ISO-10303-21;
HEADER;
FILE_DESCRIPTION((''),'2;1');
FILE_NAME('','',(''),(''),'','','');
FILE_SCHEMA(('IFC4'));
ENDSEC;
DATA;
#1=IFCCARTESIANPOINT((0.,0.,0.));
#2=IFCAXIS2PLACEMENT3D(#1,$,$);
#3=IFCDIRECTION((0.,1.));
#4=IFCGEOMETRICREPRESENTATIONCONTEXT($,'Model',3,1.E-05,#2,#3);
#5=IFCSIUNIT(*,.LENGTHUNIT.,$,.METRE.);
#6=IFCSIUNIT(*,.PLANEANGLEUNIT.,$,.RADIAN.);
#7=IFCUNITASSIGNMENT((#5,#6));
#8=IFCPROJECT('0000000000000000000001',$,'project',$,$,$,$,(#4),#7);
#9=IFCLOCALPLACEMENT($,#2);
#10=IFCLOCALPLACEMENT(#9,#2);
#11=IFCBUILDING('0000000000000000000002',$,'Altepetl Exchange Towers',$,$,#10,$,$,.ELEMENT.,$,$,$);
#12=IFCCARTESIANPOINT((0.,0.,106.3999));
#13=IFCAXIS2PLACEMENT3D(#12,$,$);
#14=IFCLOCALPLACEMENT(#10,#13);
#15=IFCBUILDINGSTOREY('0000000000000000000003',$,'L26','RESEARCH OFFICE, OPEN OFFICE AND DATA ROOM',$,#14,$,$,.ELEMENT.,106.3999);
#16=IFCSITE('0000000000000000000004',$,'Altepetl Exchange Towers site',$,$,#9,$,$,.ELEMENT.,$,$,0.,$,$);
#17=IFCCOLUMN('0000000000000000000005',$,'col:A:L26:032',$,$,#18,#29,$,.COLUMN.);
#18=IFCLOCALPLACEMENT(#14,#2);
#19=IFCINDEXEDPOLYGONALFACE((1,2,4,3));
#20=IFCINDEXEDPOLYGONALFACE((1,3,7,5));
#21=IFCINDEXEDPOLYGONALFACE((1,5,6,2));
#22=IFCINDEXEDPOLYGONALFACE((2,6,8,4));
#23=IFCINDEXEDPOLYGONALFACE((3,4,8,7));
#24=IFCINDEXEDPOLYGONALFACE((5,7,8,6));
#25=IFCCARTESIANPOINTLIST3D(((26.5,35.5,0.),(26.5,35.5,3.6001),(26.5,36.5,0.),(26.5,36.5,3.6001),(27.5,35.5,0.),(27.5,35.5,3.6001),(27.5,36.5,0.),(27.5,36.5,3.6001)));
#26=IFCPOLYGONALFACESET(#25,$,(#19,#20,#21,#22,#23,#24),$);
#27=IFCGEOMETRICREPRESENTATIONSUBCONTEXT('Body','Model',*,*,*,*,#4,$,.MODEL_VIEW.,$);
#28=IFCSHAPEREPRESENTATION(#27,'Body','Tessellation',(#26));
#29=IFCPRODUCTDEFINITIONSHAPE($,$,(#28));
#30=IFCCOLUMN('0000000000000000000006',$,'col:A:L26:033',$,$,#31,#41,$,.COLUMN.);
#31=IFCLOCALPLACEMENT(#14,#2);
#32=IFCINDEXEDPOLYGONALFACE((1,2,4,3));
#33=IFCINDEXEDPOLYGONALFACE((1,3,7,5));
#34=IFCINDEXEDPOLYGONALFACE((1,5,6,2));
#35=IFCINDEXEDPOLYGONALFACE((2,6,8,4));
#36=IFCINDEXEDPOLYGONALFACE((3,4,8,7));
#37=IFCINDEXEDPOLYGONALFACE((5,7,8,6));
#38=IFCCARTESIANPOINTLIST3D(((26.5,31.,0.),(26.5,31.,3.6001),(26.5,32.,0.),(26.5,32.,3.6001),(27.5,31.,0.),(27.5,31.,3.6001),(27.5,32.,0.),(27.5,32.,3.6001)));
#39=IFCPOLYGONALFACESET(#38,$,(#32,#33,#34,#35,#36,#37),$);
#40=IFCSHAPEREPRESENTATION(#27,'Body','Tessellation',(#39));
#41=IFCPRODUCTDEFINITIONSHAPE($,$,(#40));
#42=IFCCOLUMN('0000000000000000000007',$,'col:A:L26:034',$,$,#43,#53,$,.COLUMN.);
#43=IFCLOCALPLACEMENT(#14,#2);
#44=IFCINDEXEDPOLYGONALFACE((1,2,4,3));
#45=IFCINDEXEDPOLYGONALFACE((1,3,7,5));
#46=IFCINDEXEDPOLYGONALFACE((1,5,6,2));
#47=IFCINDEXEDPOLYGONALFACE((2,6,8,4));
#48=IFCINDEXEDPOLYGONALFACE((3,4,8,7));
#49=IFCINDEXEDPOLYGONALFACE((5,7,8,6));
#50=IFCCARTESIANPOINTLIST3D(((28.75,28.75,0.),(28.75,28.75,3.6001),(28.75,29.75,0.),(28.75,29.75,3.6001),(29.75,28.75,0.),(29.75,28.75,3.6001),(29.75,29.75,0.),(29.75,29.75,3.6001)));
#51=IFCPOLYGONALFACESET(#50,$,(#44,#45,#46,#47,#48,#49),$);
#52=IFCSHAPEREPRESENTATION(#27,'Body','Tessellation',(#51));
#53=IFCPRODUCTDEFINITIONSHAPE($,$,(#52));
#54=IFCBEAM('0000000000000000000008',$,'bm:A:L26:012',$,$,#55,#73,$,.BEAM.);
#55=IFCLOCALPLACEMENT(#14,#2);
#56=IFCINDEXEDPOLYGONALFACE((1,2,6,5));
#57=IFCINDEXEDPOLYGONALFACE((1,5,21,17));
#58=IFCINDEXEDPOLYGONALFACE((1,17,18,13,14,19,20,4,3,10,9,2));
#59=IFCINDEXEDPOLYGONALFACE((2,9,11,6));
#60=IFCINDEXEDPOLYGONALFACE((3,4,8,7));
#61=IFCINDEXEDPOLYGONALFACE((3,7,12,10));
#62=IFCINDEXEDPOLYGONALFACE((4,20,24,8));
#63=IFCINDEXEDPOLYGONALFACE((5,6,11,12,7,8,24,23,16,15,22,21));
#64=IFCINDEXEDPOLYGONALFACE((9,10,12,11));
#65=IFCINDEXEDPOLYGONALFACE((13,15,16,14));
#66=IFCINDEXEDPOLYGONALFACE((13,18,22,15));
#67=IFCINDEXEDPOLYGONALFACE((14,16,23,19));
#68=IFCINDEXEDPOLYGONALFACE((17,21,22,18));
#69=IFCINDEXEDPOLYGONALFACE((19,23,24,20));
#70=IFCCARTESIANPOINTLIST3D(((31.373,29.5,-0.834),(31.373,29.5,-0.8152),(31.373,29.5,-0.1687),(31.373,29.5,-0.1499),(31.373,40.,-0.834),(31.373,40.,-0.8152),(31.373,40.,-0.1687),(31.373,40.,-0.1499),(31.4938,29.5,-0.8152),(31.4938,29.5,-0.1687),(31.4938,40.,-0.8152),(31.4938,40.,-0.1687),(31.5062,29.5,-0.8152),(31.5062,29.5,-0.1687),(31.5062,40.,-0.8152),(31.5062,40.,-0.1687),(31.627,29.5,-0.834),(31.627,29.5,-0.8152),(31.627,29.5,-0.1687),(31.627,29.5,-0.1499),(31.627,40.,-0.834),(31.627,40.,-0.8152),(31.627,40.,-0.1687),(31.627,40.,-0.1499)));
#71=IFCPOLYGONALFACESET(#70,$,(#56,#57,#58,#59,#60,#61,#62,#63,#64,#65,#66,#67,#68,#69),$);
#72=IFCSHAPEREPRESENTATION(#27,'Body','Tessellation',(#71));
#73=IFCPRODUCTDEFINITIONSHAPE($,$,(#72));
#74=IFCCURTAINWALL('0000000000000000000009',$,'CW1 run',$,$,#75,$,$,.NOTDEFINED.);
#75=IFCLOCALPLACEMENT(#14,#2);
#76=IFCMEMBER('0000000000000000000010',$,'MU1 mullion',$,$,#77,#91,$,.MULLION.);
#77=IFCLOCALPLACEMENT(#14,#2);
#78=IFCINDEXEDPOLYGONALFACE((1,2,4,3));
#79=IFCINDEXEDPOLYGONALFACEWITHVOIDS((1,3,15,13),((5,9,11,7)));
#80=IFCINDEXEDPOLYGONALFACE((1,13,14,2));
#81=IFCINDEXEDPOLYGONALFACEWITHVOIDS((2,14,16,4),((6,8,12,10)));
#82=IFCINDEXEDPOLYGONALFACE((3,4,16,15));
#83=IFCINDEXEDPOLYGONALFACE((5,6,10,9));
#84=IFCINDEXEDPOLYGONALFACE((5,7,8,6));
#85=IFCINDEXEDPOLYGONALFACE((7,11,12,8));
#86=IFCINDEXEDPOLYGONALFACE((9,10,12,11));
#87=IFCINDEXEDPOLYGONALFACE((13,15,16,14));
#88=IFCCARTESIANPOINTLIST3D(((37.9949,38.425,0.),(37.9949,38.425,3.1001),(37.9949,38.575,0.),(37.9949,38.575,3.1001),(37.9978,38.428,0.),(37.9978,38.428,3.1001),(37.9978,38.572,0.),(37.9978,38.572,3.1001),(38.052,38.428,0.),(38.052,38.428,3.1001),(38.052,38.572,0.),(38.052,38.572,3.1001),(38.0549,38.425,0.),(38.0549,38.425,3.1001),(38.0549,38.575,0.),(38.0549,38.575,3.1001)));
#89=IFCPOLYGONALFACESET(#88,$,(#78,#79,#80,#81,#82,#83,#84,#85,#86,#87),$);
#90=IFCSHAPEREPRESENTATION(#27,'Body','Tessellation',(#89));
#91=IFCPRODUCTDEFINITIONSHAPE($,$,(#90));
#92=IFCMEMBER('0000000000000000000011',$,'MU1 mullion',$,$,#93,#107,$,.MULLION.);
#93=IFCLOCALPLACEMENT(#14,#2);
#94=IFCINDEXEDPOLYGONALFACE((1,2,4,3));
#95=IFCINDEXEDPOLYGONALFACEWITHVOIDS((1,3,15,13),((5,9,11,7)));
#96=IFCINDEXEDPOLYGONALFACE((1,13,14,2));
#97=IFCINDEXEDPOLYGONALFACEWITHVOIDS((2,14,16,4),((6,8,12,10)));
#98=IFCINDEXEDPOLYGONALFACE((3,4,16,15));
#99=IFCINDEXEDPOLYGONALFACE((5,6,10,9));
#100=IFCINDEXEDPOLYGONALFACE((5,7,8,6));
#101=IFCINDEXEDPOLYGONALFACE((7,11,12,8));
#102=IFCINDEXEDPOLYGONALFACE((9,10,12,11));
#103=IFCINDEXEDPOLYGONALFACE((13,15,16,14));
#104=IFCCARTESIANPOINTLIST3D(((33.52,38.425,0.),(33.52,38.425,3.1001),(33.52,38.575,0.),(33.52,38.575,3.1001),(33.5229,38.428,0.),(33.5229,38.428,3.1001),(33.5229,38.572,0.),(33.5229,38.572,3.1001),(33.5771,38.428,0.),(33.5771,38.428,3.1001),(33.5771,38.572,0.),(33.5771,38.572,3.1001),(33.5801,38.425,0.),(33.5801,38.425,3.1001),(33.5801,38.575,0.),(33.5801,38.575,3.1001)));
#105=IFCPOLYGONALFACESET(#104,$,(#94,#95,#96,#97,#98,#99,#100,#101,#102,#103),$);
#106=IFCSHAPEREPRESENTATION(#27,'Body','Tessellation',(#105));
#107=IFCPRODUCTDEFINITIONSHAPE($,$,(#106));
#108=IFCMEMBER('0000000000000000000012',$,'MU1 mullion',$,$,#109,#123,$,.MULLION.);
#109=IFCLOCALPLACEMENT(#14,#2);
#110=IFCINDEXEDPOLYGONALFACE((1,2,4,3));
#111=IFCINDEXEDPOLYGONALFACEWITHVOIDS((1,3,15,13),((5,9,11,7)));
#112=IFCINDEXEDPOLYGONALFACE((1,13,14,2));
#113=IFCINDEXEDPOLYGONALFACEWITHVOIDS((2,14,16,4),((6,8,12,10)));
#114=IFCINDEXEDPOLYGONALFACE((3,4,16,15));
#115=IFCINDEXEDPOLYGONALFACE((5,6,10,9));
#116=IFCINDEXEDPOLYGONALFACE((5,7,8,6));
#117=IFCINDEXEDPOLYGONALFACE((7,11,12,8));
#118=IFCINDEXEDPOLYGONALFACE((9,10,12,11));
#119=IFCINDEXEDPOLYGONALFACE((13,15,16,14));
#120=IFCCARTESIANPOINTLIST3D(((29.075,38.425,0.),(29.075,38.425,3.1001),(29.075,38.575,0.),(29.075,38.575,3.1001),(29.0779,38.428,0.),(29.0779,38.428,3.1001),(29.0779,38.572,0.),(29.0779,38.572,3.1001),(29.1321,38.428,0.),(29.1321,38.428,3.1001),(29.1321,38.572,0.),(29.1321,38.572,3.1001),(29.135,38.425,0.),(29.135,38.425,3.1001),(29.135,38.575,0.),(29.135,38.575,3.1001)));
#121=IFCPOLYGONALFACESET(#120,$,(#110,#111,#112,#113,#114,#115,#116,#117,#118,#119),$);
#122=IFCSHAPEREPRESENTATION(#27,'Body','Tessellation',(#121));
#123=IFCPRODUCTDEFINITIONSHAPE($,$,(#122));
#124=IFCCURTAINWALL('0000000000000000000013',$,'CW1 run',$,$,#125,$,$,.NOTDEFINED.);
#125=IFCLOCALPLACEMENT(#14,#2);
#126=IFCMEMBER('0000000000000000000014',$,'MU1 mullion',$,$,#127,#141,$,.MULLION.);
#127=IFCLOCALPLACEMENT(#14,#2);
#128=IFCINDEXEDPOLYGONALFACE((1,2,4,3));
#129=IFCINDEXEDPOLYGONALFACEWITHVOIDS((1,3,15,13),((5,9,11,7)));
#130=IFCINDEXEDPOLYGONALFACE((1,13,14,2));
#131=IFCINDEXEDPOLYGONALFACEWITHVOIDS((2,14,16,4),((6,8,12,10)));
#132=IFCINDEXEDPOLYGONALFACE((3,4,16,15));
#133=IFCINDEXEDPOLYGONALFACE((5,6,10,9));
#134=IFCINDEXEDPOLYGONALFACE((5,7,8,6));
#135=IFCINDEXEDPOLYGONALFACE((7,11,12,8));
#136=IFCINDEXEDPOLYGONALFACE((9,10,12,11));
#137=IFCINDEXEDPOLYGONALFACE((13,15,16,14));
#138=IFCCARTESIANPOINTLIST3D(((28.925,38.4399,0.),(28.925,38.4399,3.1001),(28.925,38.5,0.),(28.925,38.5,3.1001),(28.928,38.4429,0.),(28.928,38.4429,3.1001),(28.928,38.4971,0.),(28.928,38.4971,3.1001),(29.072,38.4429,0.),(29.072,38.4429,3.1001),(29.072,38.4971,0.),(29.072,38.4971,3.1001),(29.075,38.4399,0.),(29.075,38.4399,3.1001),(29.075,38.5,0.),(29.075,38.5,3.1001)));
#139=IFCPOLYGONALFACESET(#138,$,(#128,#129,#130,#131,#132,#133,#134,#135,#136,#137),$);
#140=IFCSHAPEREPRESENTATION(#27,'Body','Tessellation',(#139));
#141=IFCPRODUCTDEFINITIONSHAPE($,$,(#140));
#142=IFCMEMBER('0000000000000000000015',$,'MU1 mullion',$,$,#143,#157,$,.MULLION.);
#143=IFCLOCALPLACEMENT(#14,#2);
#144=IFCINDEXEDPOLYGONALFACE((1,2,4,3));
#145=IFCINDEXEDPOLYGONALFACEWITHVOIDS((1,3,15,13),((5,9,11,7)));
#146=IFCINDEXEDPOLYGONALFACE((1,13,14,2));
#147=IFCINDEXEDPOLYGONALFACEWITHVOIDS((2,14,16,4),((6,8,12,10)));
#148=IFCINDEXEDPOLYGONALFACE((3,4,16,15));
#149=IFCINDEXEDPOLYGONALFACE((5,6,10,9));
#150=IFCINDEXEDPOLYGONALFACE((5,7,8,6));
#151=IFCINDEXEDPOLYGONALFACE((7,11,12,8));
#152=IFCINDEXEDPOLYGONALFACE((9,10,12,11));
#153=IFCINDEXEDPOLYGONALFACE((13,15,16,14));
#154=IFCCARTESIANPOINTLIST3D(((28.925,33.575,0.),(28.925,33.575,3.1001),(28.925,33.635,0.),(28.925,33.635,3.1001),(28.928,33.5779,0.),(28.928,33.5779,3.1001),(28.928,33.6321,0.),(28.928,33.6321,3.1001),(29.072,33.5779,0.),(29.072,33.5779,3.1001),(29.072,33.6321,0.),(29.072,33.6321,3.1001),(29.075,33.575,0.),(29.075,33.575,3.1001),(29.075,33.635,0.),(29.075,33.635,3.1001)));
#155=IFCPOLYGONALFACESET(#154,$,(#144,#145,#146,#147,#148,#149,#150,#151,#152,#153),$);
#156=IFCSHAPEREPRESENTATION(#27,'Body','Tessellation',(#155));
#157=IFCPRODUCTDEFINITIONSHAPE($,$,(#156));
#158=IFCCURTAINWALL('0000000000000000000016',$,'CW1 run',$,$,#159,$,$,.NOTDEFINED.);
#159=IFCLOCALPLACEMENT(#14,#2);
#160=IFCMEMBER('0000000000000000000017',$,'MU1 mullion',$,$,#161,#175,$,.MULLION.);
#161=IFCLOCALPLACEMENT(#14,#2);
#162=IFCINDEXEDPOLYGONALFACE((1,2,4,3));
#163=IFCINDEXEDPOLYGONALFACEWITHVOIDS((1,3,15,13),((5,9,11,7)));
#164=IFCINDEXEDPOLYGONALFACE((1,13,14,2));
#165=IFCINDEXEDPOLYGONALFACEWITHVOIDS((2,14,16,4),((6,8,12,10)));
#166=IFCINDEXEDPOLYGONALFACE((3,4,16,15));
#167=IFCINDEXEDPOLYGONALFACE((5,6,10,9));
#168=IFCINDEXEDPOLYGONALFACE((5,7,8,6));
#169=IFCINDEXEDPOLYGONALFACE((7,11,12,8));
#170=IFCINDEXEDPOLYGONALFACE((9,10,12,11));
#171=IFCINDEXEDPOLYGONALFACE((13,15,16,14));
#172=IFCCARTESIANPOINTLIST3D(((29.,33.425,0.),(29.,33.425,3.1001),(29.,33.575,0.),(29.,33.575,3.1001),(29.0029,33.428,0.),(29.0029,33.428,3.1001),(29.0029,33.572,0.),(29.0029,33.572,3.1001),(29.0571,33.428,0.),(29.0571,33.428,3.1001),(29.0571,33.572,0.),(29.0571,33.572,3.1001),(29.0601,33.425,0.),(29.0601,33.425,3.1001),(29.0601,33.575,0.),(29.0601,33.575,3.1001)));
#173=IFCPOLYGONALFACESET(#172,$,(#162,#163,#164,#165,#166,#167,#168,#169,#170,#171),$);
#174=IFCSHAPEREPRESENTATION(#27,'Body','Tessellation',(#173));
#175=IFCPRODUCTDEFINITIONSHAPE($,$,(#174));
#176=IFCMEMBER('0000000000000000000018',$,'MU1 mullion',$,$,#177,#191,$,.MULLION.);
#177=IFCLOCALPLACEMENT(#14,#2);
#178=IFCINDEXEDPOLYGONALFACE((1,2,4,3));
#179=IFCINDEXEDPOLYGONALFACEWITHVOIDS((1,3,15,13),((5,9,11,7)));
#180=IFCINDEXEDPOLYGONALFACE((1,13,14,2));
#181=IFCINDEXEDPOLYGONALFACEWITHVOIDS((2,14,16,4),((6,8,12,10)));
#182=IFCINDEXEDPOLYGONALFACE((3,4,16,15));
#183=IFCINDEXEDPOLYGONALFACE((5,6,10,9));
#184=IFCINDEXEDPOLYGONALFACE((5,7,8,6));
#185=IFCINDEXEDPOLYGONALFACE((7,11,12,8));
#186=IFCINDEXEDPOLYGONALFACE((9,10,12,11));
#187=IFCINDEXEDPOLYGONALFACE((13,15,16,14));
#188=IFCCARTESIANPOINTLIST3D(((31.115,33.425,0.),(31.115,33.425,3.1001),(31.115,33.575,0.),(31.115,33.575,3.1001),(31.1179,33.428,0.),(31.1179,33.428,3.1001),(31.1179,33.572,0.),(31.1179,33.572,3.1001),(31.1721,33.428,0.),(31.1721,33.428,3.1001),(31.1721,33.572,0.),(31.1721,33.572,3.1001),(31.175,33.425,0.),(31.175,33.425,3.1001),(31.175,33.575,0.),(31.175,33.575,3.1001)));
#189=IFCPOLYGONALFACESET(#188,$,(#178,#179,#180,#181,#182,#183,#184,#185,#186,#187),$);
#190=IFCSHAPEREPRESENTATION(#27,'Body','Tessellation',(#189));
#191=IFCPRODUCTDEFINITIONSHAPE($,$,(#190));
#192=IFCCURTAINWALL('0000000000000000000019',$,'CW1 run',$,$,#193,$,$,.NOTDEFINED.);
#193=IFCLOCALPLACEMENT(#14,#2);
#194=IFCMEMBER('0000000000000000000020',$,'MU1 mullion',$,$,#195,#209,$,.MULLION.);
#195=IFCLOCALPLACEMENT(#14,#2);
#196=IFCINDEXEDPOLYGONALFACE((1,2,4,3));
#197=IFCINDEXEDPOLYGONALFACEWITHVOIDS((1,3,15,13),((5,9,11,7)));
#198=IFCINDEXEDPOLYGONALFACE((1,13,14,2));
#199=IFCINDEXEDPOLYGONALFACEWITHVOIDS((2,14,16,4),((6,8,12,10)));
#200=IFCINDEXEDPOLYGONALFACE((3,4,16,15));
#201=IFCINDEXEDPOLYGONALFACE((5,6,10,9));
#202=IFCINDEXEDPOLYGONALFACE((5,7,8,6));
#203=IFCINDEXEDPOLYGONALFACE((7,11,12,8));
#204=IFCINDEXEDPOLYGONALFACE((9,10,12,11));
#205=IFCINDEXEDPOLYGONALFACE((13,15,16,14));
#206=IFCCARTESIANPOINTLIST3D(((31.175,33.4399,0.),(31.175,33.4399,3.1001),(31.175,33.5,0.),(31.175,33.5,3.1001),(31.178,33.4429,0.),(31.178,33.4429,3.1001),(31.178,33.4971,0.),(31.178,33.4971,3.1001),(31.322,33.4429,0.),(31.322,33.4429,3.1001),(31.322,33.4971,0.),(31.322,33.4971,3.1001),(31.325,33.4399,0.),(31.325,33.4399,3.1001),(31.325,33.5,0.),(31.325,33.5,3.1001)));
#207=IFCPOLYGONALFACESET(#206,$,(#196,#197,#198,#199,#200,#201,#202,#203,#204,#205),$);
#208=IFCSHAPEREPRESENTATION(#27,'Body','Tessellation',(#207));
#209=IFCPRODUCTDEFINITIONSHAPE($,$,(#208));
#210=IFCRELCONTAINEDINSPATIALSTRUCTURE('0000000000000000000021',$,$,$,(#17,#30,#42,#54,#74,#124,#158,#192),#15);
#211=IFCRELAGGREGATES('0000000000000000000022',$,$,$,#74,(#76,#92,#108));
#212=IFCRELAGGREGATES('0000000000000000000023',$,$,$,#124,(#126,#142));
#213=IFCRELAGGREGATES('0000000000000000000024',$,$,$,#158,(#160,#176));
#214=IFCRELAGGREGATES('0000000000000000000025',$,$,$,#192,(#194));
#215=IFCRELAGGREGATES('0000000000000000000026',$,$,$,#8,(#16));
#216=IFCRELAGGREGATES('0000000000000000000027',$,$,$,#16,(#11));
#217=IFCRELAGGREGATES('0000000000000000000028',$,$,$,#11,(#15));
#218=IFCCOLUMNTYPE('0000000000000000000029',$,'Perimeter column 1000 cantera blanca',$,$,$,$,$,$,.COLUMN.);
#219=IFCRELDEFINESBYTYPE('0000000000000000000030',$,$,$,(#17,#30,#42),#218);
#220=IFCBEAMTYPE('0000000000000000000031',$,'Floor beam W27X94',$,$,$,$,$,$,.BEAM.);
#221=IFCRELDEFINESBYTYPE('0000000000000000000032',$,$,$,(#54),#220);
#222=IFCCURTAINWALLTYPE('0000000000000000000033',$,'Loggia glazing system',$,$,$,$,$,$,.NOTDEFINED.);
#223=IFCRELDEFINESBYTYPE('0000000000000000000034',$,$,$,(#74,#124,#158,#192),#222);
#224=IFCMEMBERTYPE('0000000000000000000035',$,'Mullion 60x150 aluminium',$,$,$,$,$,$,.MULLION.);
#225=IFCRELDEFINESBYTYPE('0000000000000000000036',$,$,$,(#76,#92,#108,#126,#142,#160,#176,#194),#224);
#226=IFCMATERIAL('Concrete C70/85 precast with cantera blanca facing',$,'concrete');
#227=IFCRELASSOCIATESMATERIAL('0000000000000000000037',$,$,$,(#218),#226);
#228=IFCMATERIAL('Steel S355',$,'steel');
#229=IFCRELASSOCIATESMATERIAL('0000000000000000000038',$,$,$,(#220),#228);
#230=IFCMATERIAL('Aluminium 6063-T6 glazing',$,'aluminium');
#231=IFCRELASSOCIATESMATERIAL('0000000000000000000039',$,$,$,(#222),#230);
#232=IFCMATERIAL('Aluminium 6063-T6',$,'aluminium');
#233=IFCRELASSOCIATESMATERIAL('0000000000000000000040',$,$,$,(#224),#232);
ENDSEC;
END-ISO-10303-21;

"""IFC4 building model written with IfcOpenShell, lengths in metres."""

from ifc_helpers import new_model, si_unit, direction, frame, origin, origin_2d, place, context, subcontext, project, spatial, rectangle, hollow_rectangle, i_section, extrude, material, material_profile, profile_set, type_object, element, aggregate, save


model = new_model("IFC4")

# Units and contexts
model_context = context("Model", 3, precision=1e-05, world=origin(), true_north=direction((0.0, 1.0)))
body_context = subcontext(model_context, "Body", "Model", "MODEL_VIEW")
ifc_project = project(units=[si_unit("LENGTHUNIT", "METRE"), si_unit("PLANEANGLEUNIT", "RADIAN")], contexts=[model_context])

# Site, building, storey
site_placement = place(None, origin())
site = spatial("IfcSite", under=ifc_project, at=site_placement, Name="Altepetl Exchange Towers site", CompositionType="ELEMENT", RefElevation=0.0)
building_placement = place(site_placement, origin())
building = spatial("IfcBuilding", under=site, at=building_placement, Name="Altepetl Exchange Towers", CompositionType="ELEMENT")
storey_placement = place(building_placement, frame((0.0, 0.0, 106.3999)))
storey = spatial("IfcBuildingStorey", under=building, at=storey_placement, Name="L26", Description="RESEARCH OFFICE, OPEN OFFICE AND DATA ROOM", CompositionType="ELEMENT", Elevation=106.3999)

# Columns
ifc_material_1 = material(Name="Concrete C70/85 precast with cantera blanca facing", Category="concrete")
ifc_material_profile_1 = material_profile(ifc_material_1, rectangle(XDim=1.0, YDim=1.0, at=origin_2d()), Name="1000 x 1000")
ifc_profile_set_1 = profile_set([ifc_material_profile_1], Name="Concrete C70/85 precast with cantera blanca facing")
column_type = type_object("IfcColumnType", Name="Perimeter column 1000 cantera blanca", PredefinedType="COLUMN", material=ifc_profile_set_1)
for number, where, name in (
    (1, (27.0, 36.0, 0.0), "col:A:L26:032"),
    (2, (27.0, 31.5, 0.0), "col:A:L26:033"),
    (3, (29.25, 29.25, 0.0), "col:A:L26:034"),
):
    element("IfcColumn", number, at=place(storey_placement, frame(where)), inside=storey, type_object=column_type, Name=name, PredefinedType="COLUMN", context=body_context, shape_type="SweptSolid", body=[
        extrude(rectangle(XDim=1.0, YDim=1.0, at=origin_2d()), origin(), (0.0, 0.0, 1.0), 3.6001),
    ])

# Beam
ifc_material_2 = material(Name="Steel S355", Category="steel")
ifc_material_profile_2 = material_profile(ifc_material_2, i_section(OverallWidth=0.2539, OverallDepth=0.6841, WebThickness=0.0125, FlangeThickness=0.0188, at=origin_2d()), Name="W27X94")
ifc_profile_set_2 = profile_set([ifc_material_profile_2], Name="Steel S355")
beam_type_1 = type_object("IfcBeamType", Name="Floor beam W27X94", PredefinedType="BEAM", material=ifc_profile_set_2)
beam_1_placement = place(storey_placement, frame((31.5, 29.5, -0.4919), z_axis=(0.0, 1.0, 0.0), x_axis=(-1.0, 0.0, 0.0)))
element("IfcBeam", 4, at=beam_1_placement, inside=storey, type_object=beam_type_1, Name="bm:A:L26:012", PredefinedType="BEAM", context=body_context, shape_type="SweptSolid", body=[
    extrude(i_section(OverallWidth=0.2539, OverallDepth=0.6841, WebThickness=0.0125, FlangeThickness=0.0188, at=origin_2d()), origin(), (0.0, 0.0, 1.0), 10.5),
])

# Curtain walls, members
ifc_material_3 = material(Name="Aluminium 6063-T6 glazing", Category="aluminium")
curtain_wall_type = type_object("IfcCurtainWallType", Name="Loggia glazing system", PredefinedType="NOTDEFINED", material=ifc_material_3)
curtain_wall_1_placement = place(storey_placement, origin())
curtain_wall_1 = element("IfcCurtainWall", 5, at=curtain_wall_1_placement, inside=storey, type_object=curtain_wall_type, Name="CW1 run", PredefinedType="NOTDEFINED")
ifc_material_4 = material(Name="Aluminium 6063-T6", Category="aluminium")
ifc_material_profile_3 = material_profile(ifc_material_4, hollow_rectangle(XDim=0.0601, YDim=0.1499, WallThickness=0.0029, at=origin_2d()), Name="Mullion 60x150 aluminium")
ifc_profile_set_3 = profile_set([ifc_material_profile_3], Name="Aluminium 6063-T6")
member_type = type_object("IfcMemberType", Name="Mullion 60x150 aluminium", PredefinedType="MULLION", material=ifc_profile_set_3)
member_1_placement = place(storey_placement, frame((38.0249, 38.5, 0.0), z_axis=(0.0, 0.0, 1.0), x_axis=(-1.0, 0.0, 0.0)))
member_1 = element("IfcMember", 6, at=member_1_placement, type_object=member_type, Name="MU1 mullion", PredefinedType="MULLION", context=body_context, shape_type="SweptSolid", body=[
    extrude(hollow_rectangle(XDim=0.0601, YDim=0.1499, WallThickness=0.0029, at=origin_2d()), origin(), (0.0, 0.0, 1.0), 3.1001),
])
member_2_placement = place(storey_placement, frame((33.55, 38.5, 0.0), z_axis=(0.0, 0.0, 1.0), x_axis=(-1.0, 0.0, 0.0)))
member_2 = element("IfcMember", 7, at=member_2_placement, type_object=member_type, Name="MU1 mullion", PredefinedType="MULLION", context=body_context, shape_type="SweptSolid", body=[
    extrude(hollow_rectangle(XDim=0.0601, YDim=0.1499, WallThickness=0.0029, at=origin_2d()), origin(), (0.0, 0.0, 1.0), 3.1001),
])
member_3_placement = place(storey_placement, frame((29.105, 38.5, 0.0), z_axis=(0.0, 0.0, 1.0), x_axis=(-1.0, 0.0, 0.0)))
member_3 = element("IfcMember", 8, at=member_3_placement, type_object=member_type, Name="MU1 mullion", PredefinedType="MULLION", context=body_context, shape_type="SweptSolid", body=[
    extrude(hollow_rectangle(XDim=0.0601, YDim=0.1499, WallThickness=0.0029, at=origin_2d()), origin(), (0.0, 0.0, 1.0), 3.1001),
])
curtain_wall_2_placement = place(storey_placement, origin())
curtain_wall_2 = element("IfcCurtainWall", 9, at=curtain_wall_2_placement, inside=storey, type_object=curtain_wall_type, Name="CW1 run", PredefinedType="NOTDEFINED")
member_4_placement = place(storey_placement, frame((29.0, 38.47, 0.0), z_axis=(0.0, 0.0, 1.0), x_axis=(0.0, -1.0, 0.0)))
member_4 = element("IfcMember", 10, at=member_4_placement, type_object=member_type, Name="MU1 mullion", PredefinedType="MULLION", context=body_context, shape_type="SweptSolid", body=[
    extrude(hollow_rectangle(XDim=0.0601, YDim=0.1499, WallThickness=0.0029, at=origin_2d()), origin(), (0.0, 0.0, 1.0), 3.1001),
])
member_5_placement = place(storey_placement, frame((29.0, 33.605, 0.0), z_axis=(0.0, 0.0, 1.0), x_axis=(0.0, -1.0, 0.0)))
member_5 = element("IfcMember", 11, at=member_5_placement, type_object=member_type, Name="MU1 mullion", PredefinedType="MULLION", context=body_context, shape_type="SweptSolid", body=[
    extrude(hollow_rectangle(XDim=0.0601, YDim=0.1499, WallThickness=0.0029, at=origin_2d()), origin(), (0.0, 0.0, 1.0), 3.1001),
])
curtain_wall_3_placement = place(storey_placement, origin())
curtain_wall_3 = element("IfcCurtainWall", 12, at=curtain_wall_3_placement, inside=storey, type_object=curtain_wall_type, Name="CW1 run", PredefinedType="NOTDEFINED")
member_6_placement = place(storey_placement, frame((29.03, 33.5, 0.0)))
member_6 = element("IfcMember", 13, at=member_6_placement, type_object=member_type, Name="MU1 mullion", PredefinedType="MULLION", context=body_context, shape_type="SweptSolid", body=[
    extrude(hollow_rectangle(XDim=0.0601, YDim=0.1499, WallThickness=0.0029, at=origin_2d()), origin(), (0.0, 0.0, 1.0), 3.1001),
])
member_7_placement = place(storey_placement, frame((31.145, 33.5, 0.0)))
member_7 = element("IfcMember", 14, at=member_7_placement, type_object=member_type, Name="MU1 mullion", PredefinedType="MULLION", context=body_context, shape_type="SweptSolid", body=[
    extrude(hollow_rectangle(XDim=0.0601, YDim=0.1499, WallThickness=0.0029, at=origin_2d()), origin(), (0.0, 0.0, 1.0), 3.1001),
])
curtain_wall_4_placement = place(storey_placement, origin())
curtain_wall_4 = element("IfcCurtainWall", 15, at=curtain_wall_4_placement, inside=storey, type_object=curtain_wall_type, Name="CW1 run", PredefinedType="NOTDEFINED")
member_8_placement = place(storey_placement, frame((31.25, 33.47, 0.0), z_axis=(0.0, 0.0, 1.0), x_axis=(0.0, -1.0, 0.0)))
member_8 = element("IfcMember", 16, at=member_8_placement, type_object=member_type, Name="MU1 mullion", PredefinedType="MULLION", context=body_context, shape_type="SweptSolid", body=[
    extrude(hollow_rectangle(XDim=0.0601, YDim=0.1499, WallThickness=0.0029, at=origin_2d()), origin(), (0.0, 0.0, 1.0), 3.1001),
])

aggregate(curtain_wall_1, [member_1, member_2, member_3])
aggregate(curtain_wall_2, [member_4, member_5])
aggregate(curtain_wall_3, [member_6, member_7])
aggregate(curtain_wall_4, [member_8])

save(model, "model.ifc")
